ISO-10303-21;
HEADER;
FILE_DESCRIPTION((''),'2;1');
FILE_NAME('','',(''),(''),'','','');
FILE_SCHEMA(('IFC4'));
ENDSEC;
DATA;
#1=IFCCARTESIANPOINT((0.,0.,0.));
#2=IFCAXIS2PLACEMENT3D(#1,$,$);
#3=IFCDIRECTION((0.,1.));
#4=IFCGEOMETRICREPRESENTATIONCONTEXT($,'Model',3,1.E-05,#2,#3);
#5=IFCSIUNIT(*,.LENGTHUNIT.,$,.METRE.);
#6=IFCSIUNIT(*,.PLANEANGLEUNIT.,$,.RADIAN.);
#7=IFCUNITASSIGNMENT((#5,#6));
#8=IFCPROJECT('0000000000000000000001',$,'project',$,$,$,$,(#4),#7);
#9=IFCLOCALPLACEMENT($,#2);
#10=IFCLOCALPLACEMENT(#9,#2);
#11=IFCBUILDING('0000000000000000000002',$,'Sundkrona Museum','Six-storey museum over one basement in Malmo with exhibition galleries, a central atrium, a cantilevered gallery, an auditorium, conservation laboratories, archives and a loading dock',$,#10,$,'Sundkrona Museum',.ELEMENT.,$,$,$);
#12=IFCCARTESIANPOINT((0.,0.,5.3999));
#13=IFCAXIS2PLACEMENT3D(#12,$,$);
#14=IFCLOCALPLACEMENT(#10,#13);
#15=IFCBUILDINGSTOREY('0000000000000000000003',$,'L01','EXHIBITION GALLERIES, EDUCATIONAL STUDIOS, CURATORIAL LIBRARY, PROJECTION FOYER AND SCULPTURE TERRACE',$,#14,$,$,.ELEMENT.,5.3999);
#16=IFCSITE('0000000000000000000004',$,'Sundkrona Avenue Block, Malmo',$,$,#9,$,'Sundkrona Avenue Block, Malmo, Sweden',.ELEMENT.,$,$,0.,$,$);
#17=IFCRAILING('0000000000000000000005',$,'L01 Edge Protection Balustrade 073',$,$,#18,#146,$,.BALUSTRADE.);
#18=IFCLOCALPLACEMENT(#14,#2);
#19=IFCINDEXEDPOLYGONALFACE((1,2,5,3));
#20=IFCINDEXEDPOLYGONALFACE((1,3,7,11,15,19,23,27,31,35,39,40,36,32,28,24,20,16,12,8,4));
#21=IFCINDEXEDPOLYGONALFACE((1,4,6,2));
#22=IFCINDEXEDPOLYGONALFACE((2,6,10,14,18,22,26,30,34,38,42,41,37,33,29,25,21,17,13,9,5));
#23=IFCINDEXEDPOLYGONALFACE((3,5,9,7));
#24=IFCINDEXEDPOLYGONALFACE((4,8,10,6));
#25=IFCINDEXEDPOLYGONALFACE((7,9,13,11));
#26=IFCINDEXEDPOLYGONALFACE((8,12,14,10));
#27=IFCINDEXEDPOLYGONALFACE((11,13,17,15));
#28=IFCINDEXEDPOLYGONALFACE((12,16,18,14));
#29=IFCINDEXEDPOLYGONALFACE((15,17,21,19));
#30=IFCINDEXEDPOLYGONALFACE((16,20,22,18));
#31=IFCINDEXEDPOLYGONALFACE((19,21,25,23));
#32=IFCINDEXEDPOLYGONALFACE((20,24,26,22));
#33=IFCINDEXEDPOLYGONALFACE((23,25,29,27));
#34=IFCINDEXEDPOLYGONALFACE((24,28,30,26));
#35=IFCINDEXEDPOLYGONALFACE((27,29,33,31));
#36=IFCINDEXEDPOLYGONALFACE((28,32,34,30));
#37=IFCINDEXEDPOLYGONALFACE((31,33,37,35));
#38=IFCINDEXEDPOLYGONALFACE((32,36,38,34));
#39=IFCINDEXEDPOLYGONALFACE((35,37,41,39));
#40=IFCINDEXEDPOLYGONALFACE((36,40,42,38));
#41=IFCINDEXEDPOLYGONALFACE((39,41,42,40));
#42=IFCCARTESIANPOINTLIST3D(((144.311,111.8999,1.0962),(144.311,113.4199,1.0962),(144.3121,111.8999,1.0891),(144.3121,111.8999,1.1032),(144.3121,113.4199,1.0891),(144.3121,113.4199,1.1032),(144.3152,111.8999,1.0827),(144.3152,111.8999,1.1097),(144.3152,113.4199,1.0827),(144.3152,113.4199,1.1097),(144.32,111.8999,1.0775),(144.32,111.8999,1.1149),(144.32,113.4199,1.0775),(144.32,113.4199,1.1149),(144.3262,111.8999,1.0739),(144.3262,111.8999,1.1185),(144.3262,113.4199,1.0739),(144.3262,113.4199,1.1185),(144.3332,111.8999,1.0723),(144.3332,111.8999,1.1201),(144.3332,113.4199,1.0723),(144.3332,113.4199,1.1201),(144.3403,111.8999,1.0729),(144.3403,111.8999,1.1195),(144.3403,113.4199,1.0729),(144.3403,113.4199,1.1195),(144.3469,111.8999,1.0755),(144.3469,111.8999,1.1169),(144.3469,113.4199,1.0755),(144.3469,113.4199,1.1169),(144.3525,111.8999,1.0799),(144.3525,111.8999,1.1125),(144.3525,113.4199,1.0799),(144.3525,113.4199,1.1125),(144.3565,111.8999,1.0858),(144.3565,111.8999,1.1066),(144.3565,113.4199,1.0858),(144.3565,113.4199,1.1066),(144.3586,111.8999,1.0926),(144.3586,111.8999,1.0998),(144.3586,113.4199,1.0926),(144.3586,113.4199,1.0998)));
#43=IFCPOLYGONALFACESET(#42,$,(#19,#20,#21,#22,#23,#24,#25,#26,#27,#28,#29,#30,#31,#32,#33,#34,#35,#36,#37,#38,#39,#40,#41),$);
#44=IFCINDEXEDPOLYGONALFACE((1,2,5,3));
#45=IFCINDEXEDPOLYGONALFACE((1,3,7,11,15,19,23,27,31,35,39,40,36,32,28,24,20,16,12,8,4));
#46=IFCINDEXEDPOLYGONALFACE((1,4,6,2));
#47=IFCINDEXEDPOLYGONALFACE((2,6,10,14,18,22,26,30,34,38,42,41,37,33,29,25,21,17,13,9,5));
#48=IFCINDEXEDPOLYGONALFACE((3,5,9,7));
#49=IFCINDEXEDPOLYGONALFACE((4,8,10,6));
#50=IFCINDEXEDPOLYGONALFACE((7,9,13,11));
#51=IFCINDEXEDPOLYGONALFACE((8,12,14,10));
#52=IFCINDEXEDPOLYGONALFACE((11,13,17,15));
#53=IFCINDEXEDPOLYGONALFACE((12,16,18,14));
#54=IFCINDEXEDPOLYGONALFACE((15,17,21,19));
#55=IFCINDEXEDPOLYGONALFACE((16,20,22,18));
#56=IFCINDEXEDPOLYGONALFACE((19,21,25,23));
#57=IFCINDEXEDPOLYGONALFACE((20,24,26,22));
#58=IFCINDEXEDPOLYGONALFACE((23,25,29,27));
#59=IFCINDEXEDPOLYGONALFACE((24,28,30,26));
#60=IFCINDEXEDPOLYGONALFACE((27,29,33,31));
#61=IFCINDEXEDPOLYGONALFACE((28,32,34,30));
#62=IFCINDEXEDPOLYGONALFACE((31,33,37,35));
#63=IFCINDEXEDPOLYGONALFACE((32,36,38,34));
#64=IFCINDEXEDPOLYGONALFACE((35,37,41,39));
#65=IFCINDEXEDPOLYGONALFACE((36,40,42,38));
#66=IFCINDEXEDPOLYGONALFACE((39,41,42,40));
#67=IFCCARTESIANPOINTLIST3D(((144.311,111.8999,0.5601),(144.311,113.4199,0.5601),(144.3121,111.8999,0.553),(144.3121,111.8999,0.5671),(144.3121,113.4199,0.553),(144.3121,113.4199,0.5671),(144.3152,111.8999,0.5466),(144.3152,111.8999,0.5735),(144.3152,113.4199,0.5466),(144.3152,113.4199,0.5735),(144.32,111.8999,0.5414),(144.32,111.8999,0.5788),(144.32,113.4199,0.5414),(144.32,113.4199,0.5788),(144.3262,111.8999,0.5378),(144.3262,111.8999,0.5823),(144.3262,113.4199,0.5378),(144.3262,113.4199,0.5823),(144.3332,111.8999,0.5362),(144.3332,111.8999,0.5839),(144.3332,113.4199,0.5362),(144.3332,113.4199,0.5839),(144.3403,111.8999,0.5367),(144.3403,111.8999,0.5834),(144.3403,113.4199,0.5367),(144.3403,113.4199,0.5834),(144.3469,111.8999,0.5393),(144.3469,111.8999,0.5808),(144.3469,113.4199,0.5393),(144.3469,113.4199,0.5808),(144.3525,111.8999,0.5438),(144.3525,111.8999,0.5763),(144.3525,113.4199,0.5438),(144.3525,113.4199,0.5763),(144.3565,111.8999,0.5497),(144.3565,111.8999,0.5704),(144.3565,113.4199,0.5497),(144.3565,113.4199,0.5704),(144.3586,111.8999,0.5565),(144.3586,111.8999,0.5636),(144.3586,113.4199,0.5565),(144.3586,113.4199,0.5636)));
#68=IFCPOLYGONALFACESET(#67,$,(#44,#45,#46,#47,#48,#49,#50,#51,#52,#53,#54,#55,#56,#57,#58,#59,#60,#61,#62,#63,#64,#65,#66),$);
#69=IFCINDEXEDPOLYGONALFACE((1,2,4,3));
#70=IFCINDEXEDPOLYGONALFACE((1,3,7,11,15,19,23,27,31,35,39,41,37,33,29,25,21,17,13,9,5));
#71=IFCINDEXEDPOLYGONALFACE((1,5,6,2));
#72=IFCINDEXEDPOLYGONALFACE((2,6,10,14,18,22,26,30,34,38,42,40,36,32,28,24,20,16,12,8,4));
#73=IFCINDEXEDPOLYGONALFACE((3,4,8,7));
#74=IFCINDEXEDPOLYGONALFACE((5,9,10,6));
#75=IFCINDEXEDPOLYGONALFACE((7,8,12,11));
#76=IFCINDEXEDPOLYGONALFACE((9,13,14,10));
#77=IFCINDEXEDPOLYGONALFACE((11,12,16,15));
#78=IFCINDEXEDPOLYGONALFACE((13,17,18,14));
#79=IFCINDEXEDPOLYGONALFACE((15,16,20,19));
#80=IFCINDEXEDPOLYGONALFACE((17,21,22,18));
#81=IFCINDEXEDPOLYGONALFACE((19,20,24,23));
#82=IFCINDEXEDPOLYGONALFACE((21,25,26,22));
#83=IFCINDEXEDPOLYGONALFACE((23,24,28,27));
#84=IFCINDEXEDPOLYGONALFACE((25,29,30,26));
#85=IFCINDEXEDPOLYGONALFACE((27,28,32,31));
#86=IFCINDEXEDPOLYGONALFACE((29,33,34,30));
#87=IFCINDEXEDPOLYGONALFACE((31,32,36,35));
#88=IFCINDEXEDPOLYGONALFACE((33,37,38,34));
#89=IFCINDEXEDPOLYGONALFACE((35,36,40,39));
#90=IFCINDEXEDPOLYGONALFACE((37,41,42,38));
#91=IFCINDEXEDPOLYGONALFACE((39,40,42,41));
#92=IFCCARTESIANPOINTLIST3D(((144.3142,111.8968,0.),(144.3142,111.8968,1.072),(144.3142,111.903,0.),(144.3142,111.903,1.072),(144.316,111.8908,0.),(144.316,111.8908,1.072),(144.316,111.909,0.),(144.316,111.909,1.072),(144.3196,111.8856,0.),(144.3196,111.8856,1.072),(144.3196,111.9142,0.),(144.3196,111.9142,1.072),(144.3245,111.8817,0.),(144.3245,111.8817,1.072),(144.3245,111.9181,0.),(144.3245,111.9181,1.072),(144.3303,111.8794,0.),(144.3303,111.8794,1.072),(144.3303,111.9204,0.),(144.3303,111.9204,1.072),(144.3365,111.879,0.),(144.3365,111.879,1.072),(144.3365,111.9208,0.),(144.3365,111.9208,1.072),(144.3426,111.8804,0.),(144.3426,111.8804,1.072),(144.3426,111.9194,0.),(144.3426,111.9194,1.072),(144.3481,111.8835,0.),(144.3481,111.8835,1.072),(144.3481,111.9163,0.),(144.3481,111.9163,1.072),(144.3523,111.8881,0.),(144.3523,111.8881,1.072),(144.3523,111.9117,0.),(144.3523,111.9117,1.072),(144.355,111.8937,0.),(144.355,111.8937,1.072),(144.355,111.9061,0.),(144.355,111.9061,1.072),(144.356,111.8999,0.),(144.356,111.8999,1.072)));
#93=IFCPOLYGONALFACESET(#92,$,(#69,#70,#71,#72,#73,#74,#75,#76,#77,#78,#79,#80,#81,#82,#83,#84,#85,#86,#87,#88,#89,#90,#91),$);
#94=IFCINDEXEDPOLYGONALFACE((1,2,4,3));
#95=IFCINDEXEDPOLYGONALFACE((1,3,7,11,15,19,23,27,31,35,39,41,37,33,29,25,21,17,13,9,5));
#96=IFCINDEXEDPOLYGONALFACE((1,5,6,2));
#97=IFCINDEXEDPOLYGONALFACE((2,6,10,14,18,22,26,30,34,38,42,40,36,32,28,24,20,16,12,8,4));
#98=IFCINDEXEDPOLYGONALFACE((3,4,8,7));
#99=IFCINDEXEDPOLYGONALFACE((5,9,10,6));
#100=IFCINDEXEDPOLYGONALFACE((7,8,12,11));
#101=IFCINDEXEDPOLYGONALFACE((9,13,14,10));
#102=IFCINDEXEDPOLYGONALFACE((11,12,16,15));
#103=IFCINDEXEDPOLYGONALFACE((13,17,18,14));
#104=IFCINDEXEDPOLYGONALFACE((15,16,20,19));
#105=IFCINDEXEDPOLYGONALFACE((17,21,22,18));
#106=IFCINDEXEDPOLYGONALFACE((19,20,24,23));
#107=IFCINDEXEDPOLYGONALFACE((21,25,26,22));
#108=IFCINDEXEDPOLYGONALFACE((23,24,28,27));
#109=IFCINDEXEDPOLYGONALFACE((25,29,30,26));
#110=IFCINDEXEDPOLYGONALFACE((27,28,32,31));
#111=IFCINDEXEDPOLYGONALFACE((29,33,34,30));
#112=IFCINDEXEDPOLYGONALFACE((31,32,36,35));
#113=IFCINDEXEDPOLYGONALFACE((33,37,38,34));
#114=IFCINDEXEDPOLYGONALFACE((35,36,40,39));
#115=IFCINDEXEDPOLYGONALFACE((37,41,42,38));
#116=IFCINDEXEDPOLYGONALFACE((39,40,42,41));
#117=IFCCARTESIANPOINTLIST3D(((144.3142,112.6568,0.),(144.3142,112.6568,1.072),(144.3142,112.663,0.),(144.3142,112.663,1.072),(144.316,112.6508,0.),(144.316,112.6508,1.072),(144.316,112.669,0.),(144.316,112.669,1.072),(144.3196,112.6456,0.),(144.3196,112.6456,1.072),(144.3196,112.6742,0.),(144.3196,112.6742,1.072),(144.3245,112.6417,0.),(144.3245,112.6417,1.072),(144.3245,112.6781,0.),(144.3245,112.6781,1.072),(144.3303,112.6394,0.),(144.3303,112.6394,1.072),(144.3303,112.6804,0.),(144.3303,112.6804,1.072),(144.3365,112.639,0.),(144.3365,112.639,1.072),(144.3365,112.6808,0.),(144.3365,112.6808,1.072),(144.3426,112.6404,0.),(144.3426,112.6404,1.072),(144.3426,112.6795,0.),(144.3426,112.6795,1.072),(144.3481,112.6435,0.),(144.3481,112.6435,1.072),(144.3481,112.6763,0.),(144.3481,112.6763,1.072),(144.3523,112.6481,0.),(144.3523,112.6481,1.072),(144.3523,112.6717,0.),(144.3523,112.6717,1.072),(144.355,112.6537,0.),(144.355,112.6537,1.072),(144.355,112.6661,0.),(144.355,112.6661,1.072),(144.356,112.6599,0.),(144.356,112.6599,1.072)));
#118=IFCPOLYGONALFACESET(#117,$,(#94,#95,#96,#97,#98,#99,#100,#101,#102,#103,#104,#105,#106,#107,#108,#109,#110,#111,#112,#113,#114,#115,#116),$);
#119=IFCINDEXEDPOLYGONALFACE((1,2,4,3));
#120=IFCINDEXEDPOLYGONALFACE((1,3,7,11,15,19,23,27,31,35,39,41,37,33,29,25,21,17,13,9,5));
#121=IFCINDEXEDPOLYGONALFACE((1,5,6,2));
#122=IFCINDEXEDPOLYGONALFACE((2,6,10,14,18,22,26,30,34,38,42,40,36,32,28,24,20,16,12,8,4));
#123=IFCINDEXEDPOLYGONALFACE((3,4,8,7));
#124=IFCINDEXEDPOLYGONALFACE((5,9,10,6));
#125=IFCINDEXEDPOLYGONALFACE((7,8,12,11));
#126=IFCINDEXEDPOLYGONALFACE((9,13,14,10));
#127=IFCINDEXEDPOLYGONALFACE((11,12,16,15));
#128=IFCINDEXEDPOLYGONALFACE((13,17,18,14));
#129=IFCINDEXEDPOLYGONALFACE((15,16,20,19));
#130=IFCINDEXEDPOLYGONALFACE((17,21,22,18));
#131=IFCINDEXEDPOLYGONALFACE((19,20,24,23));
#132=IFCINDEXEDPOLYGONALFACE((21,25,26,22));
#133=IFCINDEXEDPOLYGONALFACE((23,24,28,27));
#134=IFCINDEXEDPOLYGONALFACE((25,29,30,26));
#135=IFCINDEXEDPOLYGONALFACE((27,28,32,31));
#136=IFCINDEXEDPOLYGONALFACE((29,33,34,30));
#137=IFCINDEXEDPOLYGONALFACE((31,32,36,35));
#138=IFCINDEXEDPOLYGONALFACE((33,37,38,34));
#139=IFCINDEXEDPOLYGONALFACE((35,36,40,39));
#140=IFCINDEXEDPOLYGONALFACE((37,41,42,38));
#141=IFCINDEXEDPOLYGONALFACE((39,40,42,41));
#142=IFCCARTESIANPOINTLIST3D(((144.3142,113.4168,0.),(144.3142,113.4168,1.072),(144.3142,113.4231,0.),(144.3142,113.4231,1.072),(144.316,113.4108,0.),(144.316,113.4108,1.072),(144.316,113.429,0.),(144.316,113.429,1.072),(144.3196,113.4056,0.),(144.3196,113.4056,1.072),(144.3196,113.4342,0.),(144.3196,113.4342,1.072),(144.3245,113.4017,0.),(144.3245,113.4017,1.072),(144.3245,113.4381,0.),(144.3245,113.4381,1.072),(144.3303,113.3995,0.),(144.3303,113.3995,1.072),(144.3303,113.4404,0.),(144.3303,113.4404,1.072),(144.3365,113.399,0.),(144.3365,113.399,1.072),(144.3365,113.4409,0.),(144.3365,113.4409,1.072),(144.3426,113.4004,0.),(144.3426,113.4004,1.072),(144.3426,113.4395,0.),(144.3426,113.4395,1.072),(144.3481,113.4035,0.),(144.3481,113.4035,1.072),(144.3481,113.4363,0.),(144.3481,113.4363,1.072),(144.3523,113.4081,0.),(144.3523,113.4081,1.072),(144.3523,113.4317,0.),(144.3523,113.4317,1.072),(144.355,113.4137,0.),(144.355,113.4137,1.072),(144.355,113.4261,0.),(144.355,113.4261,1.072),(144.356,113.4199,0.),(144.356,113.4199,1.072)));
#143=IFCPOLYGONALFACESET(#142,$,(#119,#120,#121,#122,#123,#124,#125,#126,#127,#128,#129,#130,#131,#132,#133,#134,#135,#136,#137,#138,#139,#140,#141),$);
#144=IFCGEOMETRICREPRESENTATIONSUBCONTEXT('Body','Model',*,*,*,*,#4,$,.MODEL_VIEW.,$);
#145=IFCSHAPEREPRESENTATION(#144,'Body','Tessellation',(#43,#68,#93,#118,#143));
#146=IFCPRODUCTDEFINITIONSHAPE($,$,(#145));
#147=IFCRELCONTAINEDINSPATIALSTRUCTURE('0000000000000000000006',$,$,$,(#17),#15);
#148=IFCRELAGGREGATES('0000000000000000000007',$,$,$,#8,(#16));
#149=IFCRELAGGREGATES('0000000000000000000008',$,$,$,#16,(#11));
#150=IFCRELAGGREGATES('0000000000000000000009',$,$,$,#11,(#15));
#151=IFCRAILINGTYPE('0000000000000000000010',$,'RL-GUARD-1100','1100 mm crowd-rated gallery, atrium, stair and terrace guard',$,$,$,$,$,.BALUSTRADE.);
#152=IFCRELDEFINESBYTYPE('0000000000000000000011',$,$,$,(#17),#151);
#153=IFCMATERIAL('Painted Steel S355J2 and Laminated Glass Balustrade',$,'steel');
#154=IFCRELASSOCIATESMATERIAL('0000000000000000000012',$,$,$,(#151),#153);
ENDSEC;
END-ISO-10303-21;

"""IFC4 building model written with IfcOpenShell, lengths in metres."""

from ifc_helpers import new_model, si_unit, direction, frame, origin, origin_2d, place, context, subcontext, project, spatial, circle, extrude, material, type_object, element, save


model = new_model("IFC4")

# Units and contexts
model_context = context("Model", 3, precision=1e-05, world=origin(), true_north=direction((0.0, 1.0)))
body_context = subcontext(model_context, "Body", "Model", "MODEL_VIEW")
ifc_project = project(units=[si_unit("LENGTHUNIT", "METRE"), si_unit("PLANEANGLEUNIT", "RADIAN")], contexts=[model_context])

# Site, building, storey
site_placement = place(None, origin())
site = spatial("IfcSite", under=ifc_project, at=site_placement, Name="Sundkrona Avenue Block, Malmo", LongName="Sundkrona Avenue Block, Malmo, Sweden", CompositionType="ELEMENT", RefElevation=0.0)
building_placement = place(site_placement, origin())
building = spatial("IfcBuilding", under=site, at=building_placement, Name="Sundkrona Museum", Description="Six-storey museum over one basement in Malmo with exhibition galleries, a central atrium, a cantilevered gallery, an auditorium, conservation laboratories, archives and a loading dock", LongName="Sundkrona Museum", CompositionType="ELEMENT")
storey_placement = place(building_placement, frame((0.0, 0.0, 5.3999)))
storey = spatial("IfcBuildingStorey", under=building, at=storey_placement, Name="L01", Description="EXHIBITION GALLERIES, EDUCATIONAL STUDIOS, CURATORIAL LIBRARY, PROJECTION FOYER AND SCULPTURE TERRACE", CompositionType="ELEMENT", Elevation=5.3999)

# Railing
ifc_material_1 = material(Name="Painted Steel S355J2 and Laminated Glass Balustrade", Category="steel")
railing_type_1 = type_object("IfcRailingType", Name="RL-GUARD-1100", Description="1100 mm crowd-rated gallery, atrium, stair and terrace guard", PredefinedType="BALUSTRADE", material=ifc_material_1)
for number, where, name in (
    (1, (144.335, 111.8999, 0.0), "L01 Edge Protection Balustrade 073"),
):
    element("IfcRailing", number, at=place(storey_placement, frame(where)), inside=storey, type_object=railing_type_1, Name=name, PredefinedType="BALUSTRADE", context=body_context, shape_type="SweptSolid", body=[
        extrude(circle(Radius=0.0239, at=origin_2d()), frame((0.0, 0.0, 1.0962), z_axis=(0.0, 1.0, 0.0), x_axis=(-1.0, 0.0, 0.0)), (0.0, 0.0, 1.0), 1.52),
        extrude(circle(Radius=0.0239, at=origin_2d()), frame((0.0, 0.0, 0.5601), z_axis=(0.0, 1.0, 0.0), x_axis=(-1.0, 0.0, 0.0)), (0.0, 0.0, 1.0), 1.52),
        extrude(circle(Radius=0.021, at=origin_2d()), origin(), (0.0, 0.0, 1.0), 1.072),
        extrude(circle(Radius=0.021, at=origin_2d()), frame((0.0, 0.76, 0.0)), (0.0, 0.0, 1.0), 1.072),
        extrude(circle(Radius=0.021, at=origin_2d()), frame((0.0, 1.52, 0.0)), (0.0, 0.0, 1.0), 1.072),
    ])

save(model, "model.ifc")
